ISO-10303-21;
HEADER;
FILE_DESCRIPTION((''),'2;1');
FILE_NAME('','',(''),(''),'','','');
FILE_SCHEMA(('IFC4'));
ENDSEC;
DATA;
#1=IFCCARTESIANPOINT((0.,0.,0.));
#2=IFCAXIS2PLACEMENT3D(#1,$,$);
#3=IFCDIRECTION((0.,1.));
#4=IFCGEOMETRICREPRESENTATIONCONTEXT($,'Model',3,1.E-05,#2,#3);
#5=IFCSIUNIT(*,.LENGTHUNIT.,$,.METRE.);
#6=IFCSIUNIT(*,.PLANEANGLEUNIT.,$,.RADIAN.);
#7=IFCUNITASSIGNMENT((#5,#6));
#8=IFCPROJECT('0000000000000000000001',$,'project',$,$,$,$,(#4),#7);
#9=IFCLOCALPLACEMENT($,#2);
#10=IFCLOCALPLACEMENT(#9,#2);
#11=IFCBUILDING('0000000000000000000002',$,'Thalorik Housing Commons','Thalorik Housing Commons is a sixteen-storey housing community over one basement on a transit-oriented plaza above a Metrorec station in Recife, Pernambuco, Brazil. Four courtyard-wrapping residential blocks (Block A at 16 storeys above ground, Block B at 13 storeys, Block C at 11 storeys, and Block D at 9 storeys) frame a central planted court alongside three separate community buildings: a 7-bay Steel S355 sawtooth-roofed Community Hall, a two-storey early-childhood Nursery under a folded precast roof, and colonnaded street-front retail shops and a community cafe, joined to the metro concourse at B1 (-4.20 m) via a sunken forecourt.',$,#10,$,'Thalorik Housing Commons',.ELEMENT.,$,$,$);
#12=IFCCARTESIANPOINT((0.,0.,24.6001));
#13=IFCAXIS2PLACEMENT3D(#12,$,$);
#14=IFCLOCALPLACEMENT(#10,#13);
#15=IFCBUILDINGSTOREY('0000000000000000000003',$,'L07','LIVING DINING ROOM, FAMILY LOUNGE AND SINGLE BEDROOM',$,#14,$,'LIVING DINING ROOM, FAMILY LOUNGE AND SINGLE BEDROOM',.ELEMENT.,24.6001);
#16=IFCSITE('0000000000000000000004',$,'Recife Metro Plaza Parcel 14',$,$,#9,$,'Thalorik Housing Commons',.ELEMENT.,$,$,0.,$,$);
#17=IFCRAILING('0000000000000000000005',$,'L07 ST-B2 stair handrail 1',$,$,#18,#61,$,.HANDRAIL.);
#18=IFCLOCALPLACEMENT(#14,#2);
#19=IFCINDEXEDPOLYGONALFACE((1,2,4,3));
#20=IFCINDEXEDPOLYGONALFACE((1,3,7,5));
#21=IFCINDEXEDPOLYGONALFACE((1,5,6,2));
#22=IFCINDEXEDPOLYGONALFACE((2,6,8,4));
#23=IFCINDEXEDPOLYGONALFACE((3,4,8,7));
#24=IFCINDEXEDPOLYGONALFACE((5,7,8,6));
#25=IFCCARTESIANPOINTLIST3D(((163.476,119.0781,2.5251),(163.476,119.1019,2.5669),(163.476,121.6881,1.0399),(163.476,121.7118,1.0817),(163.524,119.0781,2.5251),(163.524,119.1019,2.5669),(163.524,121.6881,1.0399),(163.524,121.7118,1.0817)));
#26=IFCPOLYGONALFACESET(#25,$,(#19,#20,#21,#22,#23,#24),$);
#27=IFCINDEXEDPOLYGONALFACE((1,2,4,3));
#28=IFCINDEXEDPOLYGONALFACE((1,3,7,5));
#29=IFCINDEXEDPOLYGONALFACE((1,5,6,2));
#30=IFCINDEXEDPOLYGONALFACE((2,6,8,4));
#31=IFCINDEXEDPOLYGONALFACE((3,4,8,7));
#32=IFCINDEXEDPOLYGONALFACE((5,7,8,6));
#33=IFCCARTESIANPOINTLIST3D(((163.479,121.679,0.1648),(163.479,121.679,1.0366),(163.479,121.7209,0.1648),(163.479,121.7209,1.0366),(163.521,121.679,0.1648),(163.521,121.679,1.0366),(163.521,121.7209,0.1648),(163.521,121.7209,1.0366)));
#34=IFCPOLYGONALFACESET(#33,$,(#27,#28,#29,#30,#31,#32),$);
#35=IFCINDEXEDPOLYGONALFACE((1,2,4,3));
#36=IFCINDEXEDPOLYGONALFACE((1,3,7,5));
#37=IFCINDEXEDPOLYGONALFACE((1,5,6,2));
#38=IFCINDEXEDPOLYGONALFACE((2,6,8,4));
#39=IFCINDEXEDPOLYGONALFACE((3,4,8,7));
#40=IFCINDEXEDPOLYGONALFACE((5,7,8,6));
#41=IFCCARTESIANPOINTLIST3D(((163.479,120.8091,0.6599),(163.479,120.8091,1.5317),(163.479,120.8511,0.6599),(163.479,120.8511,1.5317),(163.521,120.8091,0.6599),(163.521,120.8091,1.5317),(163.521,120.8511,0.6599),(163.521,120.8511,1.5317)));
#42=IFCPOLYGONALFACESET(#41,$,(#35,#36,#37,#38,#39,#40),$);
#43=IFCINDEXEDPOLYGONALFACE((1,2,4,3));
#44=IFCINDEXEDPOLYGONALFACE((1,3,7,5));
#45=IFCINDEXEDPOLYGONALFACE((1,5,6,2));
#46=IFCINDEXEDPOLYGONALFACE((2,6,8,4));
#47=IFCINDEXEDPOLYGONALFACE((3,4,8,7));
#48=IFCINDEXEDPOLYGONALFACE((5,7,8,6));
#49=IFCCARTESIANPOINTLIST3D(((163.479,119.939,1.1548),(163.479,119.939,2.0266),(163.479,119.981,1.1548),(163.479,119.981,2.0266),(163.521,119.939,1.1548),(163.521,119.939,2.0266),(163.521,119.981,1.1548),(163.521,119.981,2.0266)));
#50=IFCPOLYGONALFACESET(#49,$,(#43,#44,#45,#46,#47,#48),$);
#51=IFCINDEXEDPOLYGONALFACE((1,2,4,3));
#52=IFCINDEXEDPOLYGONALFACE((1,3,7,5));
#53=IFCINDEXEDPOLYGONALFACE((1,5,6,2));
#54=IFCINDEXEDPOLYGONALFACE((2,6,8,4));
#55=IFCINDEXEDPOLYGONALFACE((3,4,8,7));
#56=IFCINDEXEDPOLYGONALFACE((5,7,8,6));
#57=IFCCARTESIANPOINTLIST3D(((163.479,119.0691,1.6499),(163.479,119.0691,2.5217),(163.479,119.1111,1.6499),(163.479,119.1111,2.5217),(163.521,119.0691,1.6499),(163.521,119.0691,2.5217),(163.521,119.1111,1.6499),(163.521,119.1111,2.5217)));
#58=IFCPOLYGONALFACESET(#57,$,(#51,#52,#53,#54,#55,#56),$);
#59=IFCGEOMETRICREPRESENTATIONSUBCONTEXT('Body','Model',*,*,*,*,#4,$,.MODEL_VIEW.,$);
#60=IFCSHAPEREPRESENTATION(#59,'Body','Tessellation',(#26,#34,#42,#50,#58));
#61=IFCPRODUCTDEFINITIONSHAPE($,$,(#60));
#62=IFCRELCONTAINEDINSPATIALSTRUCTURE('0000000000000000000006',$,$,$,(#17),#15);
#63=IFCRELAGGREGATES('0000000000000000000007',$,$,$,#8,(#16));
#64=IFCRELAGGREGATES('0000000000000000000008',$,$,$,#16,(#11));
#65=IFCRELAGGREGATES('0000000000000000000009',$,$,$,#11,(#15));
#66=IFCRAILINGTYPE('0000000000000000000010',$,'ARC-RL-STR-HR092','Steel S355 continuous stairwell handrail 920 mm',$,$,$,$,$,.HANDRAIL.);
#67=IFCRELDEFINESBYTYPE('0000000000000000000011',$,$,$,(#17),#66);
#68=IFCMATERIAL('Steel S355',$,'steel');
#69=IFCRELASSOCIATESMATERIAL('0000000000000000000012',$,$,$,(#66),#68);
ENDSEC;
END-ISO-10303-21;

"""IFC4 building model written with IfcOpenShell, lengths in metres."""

from ifc_helpers import new_model, si_unit, direction, frame, origin, origin_2d, place, context, subcontext, project, spatial, rectangle, extrude, material, type_object, element, save


model = new_model("IFC4")

# Units and contexts
model_context = context("Model", 3, precision=1e-05, world=origin(), true_north=direction((0.0, 1.0)))
body_context = subcontext(model_context, "Body", "Model", "MODEL_VIEW")
ifc_project = project(units=[si_unit("LENGTHUNIT", "METRE"), si_unit("PLANEANGLEUNIT", "RADIAN")], contexts=[model_context])

# Site, building, storey
site_placement = place(None, origin())
site = spatial("IfcSite", under=ifc_project, at=site_placement, Name="Recife Metro Plaza Parcel 14", LongName="Thalorik Housing Commons", CompositionType="ELEMENT", RefElevation=0.0)
building_placement = place(site_placement, origin())
building = spatial("IfcBuilding", under=site, at=building_placement, Name="Thalorik Housing Commons", Description="Thalorik Housing Commons is a sixteen-storey housing community over one basement on a transit-oriented plaza above a Metrorec station in Recife, Pernambuco, Brazil. Four courtyard-wrapping residential blocks (Block A at 16 storeys above ground, Block B at 13 storeys, Block C at 11 storeys, and Block D at 9 storeys) frame a central planted court alongside three separate community buildings: a 7-bay Steel S355 sawtooth-roofed Community Hall, a two-storey early-childhood Nursery under a folded precast roof, and colonnaded street-front retail shops and a community cafe, joined to the metro concourse at B1 (-4.20 m) via a sunken forecourt.", LongName="Thalorik Housing Commons", CompositionType="ELEMENT")
storey_placement = place(building_placement, frame((0.0, 0.0, 24.6001)))
storey = spatial("IfcBuildingStorey", under=building, at=storey_placement, Name="L07", Description="LIVING DINING ROOM, FAMILY LOUNGE AND SINGLE BEDROOM", LongName="LIVING DINING ROOM, FAMILY LOUNGE AND SINGLE BEDROOM", CompositionType="ELEMENT", Elevation=24.6001)

# Shared definitions
ifc_material_1 = material(Name="Steel S355", Category="steel")

# Railing
railing_type = type_object("IfcRailingType", Name="ARC-RL-STR-HR092", Description="Steel S355 continuous stairwell handrail 920 mm", PredefinedType="HANDRAIL", material=ifc_material_1)
railing_placement = place(storey_placement, frame((163.5, 121.7, 0.1648)))
element("IfcRailing", 1, at=railing_placement, inside=storey, type_object=railing_type, Name="L07 ST-B2 stair handrail 1", PredefinedType="HANDRAIL", context=body_context, shape_type="SweptSolid", body=[
    extrude(rectangle(XDim=0.0481, YDim=0.0481, at=origin_2d()), frame((0.0, 0.0, 0.896), z_axis=(0.0, -0.869137, 0.494571), x_axis=(1.0, 0.0, 0.0)), (0.0, 0.0, 1.0), 3.0029),
    extrude(rectangle(XDim=0.042, YDim=0.042, at=origin_2d()), origin(), (0.0, 0.0, 1.0), 0.8718),
    extrude(rectangle(XDim=0.042, YDim=0.042, at=origin_2d()), frame((0.0, -0.8699, 0.4951)), (0.0, 0.0, 1.0), 0.8718),
    extrude(rectangle(XDim=0.042, YDim=0.042, at=origin_2d()), frame((0.0, -1.74, 0.99)), (0.0, 0.0, 1.0), 0.8718),
    extrude(rectangle(XDim=0.042, YDim=0.042, at=origin_2d()), frame((0.0, -2.6099, 1.4851)), (0.0, 0.0, 1.0), 0.8718),
])

save(model, "model.ifc")
